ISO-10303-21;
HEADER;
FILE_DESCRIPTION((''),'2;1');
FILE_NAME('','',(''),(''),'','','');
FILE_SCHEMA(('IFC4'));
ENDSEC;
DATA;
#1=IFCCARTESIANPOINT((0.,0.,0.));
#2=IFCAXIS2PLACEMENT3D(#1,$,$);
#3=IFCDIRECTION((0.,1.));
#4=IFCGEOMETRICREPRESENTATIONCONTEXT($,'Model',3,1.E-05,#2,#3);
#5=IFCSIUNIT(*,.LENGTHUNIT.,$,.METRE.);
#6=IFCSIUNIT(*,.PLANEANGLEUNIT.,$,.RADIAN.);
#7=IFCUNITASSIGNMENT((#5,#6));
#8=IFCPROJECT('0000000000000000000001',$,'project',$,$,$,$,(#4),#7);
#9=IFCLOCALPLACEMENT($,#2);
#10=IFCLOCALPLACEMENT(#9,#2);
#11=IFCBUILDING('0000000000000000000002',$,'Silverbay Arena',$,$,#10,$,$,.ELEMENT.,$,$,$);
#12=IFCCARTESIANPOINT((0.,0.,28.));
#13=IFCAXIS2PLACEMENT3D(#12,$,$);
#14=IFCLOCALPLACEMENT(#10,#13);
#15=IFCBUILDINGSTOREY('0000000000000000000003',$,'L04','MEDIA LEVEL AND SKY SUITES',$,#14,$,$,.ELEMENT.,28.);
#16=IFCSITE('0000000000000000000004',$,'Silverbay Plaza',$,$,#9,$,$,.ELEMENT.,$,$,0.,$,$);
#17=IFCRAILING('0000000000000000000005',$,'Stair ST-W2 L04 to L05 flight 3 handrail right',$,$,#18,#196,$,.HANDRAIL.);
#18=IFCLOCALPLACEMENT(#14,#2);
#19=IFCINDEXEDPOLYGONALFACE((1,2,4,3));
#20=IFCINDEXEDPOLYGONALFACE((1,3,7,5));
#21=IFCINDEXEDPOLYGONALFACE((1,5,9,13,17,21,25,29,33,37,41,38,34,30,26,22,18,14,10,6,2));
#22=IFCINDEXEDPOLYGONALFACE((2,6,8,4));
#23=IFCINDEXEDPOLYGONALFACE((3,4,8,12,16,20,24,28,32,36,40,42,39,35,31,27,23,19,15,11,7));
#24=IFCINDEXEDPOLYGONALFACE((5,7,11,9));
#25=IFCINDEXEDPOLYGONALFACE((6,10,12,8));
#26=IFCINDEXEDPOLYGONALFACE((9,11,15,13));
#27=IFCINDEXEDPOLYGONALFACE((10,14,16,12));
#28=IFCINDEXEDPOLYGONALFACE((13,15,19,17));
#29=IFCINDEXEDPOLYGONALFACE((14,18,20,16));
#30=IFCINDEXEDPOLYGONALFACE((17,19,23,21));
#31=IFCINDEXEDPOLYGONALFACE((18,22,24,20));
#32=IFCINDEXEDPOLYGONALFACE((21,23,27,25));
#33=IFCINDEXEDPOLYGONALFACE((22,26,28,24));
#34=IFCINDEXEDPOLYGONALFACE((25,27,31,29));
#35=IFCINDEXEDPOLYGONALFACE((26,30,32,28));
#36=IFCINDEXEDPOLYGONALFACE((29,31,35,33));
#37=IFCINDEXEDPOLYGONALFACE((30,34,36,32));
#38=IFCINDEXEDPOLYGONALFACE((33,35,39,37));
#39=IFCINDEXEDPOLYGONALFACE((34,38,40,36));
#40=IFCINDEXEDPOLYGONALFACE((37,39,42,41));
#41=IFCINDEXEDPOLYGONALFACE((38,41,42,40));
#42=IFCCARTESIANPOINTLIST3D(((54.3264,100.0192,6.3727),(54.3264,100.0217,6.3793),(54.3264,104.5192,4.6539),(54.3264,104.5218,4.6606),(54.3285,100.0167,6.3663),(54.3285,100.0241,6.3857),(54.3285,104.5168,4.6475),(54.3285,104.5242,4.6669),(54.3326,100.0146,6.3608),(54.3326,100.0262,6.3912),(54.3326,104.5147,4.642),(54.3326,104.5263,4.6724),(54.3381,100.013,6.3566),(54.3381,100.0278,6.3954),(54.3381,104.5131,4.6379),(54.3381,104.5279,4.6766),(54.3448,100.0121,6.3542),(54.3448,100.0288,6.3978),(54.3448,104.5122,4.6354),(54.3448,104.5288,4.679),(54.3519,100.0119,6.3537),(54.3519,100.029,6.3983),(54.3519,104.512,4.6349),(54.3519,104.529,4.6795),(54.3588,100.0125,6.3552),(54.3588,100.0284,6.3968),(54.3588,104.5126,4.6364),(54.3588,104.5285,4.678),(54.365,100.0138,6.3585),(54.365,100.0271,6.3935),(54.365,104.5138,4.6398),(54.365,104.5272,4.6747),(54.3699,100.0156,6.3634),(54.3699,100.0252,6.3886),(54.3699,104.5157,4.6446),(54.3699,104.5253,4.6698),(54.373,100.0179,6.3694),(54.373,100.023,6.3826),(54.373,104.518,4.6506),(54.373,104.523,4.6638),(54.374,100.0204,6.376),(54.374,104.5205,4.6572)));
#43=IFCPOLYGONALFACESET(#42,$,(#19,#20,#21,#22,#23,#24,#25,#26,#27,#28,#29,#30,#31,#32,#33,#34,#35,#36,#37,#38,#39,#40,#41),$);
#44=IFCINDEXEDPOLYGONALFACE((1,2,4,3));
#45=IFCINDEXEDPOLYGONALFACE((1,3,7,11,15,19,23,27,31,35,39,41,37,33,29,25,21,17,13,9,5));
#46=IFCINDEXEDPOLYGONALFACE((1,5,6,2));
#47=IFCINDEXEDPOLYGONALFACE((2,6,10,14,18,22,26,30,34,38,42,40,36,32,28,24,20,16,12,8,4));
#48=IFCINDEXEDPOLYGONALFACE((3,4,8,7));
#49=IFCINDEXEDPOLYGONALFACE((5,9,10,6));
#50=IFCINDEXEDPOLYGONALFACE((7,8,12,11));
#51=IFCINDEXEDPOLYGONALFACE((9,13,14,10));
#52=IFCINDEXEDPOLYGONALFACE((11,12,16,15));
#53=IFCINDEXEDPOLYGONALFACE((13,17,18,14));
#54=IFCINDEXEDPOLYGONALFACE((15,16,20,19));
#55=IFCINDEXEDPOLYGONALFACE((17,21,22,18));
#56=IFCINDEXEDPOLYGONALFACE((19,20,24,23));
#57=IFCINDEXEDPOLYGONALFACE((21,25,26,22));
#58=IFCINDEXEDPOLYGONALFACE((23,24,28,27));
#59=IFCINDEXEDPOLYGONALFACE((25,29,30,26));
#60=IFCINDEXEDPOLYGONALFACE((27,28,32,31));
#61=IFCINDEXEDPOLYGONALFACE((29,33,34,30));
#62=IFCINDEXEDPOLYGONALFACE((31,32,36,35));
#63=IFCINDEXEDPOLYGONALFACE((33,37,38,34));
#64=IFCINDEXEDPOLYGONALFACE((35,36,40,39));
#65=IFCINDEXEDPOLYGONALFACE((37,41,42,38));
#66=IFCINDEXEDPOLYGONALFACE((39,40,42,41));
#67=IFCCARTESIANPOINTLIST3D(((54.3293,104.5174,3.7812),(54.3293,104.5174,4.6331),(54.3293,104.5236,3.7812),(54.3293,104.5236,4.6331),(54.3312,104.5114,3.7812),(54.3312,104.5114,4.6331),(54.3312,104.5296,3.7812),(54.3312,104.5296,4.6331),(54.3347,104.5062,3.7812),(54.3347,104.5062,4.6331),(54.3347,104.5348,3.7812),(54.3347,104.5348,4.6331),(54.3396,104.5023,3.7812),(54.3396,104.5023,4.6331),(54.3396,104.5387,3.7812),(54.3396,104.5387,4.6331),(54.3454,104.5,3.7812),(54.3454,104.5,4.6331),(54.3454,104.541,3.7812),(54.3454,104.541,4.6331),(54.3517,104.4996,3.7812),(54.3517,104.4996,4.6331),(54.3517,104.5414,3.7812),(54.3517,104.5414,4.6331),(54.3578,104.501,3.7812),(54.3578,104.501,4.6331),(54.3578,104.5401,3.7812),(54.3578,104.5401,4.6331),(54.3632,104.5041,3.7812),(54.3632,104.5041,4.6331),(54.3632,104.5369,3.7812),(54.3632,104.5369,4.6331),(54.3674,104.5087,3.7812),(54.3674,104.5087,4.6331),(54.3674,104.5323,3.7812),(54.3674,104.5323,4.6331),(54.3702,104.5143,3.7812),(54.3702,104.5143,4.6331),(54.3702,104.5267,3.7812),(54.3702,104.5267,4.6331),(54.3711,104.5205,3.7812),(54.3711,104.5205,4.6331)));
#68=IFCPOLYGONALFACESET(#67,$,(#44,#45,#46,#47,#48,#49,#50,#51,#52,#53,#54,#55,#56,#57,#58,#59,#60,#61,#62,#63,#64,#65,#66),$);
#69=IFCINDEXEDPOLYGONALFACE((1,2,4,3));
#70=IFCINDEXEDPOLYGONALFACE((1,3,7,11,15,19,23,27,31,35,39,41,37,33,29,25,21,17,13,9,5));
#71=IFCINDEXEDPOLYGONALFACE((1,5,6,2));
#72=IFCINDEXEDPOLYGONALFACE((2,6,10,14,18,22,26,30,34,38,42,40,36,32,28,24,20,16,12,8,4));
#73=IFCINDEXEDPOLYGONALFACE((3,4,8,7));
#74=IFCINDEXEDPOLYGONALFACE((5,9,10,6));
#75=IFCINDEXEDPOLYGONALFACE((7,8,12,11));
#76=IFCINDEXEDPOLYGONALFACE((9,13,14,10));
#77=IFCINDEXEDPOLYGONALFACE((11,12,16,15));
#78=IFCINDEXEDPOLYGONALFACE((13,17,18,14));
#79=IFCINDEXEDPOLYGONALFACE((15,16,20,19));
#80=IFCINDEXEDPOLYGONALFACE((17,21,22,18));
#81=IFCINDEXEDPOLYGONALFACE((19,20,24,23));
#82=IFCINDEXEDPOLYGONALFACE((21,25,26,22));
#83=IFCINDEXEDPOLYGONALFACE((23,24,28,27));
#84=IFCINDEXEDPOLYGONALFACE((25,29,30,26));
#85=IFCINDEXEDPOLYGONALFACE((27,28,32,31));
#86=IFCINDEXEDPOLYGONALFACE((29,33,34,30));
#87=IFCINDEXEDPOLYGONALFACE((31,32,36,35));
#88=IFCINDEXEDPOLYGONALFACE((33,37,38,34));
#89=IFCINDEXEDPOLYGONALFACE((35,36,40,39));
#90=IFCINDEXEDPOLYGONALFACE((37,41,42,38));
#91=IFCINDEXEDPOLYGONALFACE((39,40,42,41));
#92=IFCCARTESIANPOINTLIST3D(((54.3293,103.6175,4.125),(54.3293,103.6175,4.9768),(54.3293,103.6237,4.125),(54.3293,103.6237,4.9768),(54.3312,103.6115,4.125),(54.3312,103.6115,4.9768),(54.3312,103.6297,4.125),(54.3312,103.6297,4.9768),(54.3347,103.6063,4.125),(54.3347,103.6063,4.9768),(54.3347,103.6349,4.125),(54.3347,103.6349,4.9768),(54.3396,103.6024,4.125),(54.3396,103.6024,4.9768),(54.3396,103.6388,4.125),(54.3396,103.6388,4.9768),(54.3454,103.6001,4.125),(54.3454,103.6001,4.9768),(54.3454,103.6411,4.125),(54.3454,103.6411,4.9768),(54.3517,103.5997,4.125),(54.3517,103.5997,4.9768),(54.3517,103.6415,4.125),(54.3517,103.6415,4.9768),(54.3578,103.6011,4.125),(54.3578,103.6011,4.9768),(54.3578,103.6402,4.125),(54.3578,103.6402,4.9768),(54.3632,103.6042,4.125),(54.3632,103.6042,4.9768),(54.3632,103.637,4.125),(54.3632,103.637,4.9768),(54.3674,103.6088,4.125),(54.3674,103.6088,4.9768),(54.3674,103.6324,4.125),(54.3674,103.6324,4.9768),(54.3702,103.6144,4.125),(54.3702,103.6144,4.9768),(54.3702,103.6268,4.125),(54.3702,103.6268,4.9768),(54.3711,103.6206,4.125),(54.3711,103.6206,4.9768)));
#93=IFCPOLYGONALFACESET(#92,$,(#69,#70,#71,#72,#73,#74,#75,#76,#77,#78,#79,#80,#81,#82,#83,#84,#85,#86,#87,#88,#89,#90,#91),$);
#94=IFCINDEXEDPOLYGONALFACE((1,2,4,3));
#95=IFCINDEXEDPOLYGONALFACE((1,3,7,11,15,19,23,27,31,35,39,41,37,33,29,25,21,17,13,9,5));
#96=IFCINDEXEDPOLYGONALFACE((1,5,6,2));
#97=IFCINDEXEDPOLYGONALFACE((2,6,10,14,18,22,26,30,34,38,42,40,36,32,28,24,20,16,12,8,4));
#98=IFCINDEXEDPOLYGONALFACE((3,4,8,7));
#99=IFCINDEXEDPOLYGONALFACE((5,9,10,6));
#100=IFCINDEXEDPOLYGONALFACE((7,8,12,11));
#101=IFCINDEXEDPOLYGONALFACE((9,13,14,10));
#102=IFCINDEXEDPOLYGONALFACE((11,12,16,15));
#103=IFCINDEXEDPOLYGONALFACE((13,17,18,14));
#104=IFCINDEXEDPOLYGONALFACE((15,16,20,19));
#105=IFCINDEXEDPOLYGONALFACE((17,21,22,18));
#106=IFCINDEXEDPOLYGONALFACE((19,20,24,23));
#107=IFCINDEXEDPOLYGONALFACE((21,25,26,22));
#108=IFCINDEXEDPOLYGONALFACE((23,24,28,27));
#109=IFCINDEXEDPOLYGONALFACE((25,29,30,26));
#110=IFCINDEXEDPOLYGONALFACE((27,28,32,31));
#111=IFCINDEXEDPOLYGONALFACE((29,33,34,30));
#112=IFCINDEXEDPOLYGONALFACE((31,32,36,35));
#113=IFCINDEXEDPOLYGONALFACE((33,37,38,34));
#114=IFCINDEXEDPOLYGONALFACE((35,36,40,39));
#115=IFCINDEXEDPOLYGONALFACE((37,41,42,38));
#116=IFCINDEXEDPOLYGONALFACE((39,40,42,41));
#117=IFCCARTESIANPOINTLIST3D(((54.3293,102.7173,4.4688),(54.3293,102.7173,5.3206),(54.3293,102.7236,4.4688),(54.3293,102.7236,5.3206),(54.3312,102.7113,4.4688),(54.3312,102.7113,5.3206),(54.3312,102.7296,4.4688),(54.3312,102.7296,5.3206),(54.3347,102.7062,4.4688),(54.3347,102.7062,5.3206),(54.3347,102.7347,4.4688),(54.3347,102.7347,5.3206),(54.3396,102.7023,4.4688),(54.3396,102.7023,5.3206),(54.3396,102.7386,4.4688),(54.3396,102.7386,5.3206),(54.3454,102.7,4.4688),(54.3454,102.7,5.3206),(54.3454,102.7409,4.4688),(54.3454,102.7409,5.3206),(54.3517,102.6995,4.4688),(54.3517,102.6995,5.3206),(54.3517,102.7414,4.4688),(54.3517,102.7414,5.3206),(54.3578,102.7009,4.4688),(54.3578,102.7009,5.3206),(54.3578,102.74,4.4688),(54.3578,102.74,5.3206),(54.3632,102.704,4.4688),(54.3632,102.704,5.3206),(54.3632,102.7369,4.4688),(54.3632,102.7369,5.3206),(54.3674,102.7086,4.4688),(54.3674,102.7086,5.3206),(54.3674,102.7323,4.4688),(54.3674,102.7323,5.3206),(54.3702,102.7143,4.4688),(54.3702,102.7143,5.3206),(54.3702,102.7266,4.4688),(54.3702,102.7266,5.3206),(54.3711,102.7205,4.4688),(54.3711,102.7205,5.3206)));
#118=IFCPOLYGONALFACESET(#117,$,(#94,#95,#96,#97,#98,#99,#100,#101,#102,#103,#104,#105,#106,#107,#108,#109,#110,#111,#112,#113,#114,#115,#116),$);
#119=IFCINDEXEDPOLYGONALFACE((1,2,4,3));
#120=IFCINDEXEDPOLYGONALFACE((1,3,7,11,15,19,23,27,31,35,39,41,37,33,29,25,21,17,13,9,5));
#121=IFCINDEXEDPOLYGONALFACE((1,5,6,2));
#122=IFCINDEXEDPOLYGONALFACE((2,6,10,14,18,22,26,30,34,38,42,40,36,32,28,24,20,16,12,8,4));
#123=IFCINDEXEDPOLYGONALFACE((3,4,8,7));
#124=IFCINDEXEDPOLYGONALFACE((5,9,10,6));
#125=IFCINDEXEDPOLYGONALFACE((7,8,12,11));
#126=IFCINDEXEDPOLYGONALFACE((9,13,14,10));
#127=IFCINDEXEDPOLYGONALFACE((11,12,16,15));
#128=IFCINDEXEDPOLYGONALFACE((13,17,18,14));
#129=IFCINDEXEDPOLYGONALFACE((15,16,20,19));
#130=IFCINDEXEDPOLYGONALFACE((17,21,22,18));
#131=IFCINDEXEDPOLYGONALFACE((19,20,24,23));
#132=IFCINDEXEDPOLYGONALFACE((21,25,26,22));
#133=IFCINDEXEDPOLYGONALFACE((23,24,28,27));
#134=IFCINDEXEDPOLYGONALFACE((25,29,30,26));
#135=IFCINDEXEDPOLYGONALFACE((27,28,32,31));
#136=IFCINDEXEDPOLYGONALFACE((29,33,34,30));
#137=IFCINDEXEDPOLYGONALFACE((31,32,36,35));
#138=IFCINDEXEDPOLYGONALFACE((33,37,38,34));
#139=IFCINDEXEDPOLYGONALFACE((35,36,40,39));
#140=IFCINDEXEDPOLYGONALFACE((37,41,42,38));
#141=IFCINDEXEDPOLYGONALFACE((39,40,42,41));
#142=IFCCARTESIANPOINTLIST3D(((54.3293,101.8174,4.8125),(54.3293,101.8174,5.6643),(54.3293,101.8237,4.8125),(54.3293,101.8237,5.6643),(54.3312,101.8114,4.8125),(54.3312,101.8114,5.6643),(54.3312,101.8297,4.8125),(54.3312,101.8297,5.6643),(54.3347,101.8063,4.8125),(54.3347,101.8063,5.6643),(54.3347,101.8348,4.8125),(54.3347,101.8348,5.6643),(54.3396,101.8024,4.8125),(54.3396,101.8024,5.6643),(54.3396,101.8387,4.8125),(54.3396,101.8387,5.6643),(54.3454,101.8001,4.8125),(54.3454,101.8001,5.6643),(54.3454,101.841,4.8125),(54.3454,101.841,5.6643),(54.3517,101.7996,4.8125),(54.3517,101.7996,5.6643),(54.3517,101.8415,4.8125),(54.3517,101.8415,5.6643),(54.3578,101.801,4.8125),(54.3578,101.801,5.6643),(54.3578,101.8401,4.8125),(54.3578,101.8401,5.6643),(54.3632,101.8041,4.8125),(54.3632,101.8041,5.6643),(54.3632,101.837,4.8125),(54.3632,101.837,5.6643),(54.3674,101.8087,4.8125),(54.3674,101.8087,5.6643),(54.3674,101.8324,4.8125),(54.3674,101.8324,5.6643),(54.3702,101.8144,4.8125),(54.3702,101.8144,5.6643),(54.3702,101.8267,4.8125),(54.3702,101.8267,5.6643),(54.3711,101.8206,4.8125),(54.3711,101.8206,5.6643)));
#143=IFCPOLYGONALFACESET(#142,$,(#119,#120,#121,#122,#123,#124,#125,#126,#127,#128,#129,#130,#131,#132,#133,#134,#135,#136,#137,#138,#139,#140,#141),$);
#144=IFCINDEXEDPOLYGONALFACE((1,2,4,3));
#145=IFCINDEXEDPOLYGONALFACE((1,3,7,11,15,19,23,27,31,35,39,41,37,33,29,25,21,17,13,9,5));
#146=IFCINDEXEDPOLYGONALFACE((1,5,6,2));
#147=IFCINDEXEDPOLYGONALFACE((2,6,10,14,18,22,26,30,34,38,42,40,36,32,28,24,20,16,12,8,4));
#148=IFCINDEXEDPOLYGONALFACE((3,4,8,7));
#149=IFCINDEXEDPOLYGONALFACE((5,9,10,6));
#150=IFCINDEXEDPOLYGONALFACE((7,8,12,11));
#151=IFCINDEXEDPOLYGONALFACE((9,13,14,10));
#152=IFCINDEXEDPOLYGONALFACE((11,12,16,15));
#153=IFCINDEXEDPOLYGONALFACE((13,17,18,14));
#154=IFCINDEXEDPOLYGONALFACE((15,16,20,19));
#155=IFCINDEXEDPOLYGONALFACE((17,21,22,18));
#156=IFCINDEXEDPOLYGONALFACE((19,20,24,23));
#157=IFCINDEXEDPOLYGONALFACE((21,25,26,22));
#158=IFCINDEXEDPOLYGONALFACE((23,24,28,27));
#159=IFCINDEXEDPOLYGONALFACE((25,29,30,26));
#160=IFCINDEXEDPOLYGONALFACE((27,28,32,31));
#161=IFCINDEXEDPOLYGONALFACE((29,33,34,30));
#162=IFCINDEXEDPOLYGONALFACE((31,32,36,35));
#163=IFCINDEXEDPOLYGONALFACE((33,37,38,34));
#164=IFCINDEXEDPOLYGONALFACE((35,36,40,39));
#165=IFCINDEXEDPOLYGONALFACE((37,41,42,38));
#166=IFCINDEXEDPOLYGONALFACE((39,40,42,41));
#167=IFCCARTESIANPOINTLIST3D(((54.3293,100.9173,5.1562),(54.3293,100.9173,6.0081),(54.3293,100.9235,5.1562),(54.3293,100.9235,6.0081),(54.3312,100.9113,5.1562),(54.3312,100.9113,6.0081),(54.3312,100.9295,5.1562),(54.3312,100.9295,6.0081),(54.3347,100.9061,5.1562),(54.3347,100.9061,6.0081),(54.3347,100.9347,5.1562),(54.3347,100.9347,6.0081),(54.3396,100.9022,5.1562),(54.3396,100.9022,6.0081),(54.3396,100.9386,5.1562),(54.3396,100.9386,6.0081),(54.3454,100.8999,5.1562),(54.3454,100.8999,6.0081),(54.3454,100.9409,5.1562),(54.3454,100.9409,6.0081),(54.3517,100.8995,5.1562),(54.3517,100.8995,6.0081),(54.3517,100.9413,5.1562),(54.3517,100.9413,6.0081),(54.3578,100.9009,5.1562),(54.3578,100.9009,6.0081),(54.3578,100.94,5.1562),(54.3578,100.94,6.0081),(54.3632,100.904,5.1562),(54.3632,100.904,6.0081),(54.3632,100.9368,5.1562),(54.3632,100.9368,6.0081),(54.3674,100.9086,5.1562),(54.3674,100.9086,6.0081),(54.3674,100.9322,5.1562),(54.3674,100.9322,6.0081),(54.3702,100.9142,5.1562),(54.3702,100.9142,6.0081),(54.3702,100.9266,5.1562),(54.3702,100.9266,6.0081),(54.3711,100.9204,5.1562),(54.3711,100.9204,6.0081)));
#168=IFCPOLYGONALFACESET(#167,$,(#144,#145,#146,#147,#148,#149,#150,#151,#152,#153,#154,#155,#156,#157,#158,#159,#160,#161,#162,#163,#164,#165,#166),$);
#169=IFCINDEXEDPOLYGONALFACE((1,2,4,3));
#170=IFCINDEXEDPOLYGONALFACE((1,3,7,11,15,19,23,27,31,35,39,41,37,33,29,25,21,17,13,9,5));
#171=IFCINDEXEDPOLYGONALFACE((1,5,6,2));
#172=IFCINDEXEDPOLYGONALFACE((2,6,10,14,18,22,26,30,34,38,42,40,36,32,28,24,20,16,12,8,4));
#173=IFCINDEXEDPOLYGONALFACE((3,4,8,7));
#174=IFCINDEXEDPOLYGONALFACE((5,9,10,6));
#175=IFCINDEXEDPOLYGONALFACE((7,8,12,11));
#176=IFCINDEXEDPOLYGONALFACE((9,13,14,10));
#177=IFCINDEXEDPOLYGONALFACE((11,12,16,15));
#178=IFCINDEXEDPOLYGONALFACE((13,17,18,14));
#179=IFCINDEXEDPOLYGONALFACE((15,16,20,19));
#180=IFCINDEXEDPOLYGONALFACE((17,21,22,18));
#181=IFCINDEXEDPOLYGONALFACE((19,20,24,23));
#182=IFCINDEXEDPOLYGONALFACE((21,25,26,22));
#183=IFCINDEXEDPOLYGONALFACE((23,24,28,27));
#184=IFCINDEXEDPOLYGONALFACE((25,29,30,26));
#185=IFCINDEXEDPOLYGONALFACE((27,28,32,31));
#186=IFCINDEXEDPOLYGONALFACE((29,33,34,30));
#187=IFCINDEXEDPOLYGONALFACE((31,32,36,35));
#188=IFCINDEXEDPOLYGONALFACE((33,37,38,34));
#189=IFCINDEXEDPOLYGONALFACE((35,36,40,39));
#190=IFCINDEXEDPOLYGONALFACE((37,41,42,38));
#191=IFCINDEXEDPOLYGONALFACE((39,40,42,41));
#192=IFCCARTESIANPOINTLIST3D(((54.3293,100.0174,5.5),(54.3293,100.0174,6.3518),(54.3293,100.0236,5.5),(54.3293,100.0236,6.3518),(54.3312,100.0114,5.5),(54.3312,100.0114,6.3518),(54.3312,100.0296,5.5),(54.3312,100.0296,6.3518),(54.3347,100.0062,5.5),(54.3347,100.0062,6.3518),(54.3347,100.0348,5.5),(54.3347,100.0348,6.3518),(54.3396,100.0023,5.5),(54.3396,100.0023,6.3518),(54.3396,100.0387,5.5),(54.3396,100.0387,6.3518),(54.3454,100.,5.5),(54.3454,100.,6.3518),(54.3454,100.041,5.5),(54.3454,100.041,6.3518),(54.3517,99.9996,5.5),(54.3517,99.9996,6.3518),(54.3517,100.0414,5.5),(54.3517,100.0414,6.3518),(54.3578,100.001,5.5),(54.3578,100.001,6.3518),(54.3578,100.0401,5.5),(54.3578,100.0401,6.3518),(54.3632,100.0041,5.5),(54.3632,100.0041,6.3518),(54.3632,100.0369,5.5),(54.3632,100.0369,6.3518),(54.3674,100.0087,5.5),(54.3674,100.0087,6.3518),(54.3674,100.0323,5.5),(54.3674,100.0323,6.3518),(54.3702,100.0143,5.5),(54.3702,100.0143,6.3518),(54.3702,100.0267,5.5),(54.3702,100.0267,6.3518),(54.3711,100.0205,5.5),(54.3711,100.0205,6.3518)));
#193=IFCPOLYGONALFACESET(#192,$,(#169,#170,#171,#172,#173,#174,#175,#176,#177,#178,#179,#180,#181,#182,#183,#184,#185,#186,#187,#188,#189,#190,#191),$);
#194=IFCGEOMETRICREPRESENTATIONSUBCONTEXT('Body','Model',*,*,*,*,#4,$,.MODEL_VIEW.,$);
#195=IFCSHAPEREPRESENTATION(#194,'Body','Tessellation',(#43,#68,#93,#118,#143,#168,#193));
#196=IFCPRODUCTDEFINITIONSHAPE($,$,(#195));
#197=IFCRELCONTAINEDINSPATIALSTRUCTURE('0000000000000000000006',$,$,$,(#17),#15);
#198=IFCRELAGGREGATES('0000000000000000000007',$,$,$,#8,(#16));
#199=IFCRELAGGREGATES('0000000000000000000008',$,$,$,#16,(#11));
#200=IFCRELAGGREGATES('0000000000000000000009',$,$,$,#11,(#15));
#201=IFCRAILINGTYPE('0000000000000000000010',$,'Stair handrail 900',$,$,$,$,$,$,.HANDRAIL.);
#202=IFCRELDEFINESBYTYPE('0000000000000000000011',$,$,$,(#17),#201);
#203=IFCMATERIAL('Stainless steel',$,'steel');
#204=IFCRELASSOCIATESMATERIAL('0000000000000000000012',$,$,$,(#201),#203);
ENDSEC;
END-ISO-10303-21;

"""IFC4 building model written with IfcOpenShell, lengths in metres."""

from ifc_helpers import new_model, si_unit, direction, frame, origin, origin_2d, place, context, subcontext, project, spatial, circle, extrude, material, type_object, element, save


model = new_model("IFC4")

# Units and contexts
model_context = context("Model", 3, precision=1e-05, world=origin(), true_north=direction((0.0, 1.0)))
body_context = subcontext(model_context, "Body", "Model", "MODEL_VIEW")
ifc_project = project(units=[si_unit("LENGTHUNIT", "METRE"), si_unit("PLANEANGLEUNIT", "RADIAN")], contexts=[model_context])

# Site, building, storey
site_placement = place(None, origin())
site = spatial("IfcSite", under=ifc_project, at=site_placement, Name="Silverbay Plaza", CompositionType="ELEMENT", RefElevation=0.0)
building_placement = place(site_placement, origin())
building = spatial("IfcBuilding", under=site, at=building_placement, Name="Silverbay Arena", CompositionType="ELEMENT")
storey_placement = place(building_placement, frame((0.0, 0.0, 28.0)))
storey = spatial("IfcBuildingStorey", under=building, at=storey_placement, Name="L04", Description="MEDIA LEVEL AND SKY SUITES", CompositionType="ELEMENT", Elevation=28.0)

# Railing
ifc_material_1 = material(Name="Stainless steel", Category="steel")
railing_type_1 = type_object("IfcRailingType", Name="Stair handrail 900", PredefinedType="HANDRAIL", material=ifc_material_1)
railing_1_placement = place(storey_placement, frame((54.3501, 104.5205, 3.7812)))
element("IfcRailing", 1, at=railing_1_placement, inside=storey, type_object=railing_type_1, Name="Stair ST-W2 L04 to L05 flight 3 handrail right", PredefinedType="HANDRAIL", context=body_context, shape_type="SweptSolid", body=[
    extrude(circle(Radius=0.0239, at=origin_2d()), frame((0.0, 0.0, 0.876), z_axis=(0.0, -0.934179, 0.356805), x_axis=(1.0, 0.0, 0.0)), (0.0, 0.0, 1.0), 4.8171),
    extrude(circle(Radius=0.021, at=origin_2d()), origin(), (0.0, 0.0, 1.0), 0.8518),
    extrude(circle(Radius=0.021, at=origin_2d()), frame((0.0, -0.8999, 0.3438)), (0.0, 0.0, 1.0), 0.8518),
    extrude(circle(Radius=0.021, at=origin_2d()), frame((0.0, -1.8, 0.6875)), (0.0, 0.0, 1.0), 0.8518),
    extrude(circle(Radius=0.021, at=origin_2d()), frame((0.0, -2.7, 1.0312)), (0.0, 0.0, 1.0), 0.8518),
    extrude(circle(Radius=0.021, at=origin_2d()), frame((0.0, -3.6001, 1.375)), (0.0, 0.0, 1.0), 0.8518),
    extrude(circle(Radius=0.021, at=origin_2d()), frame((0.0, -4.5, 1.7188)), (0.0, 0.0, 1.0), 0.8518),
])

save(model, "model.ifc")
